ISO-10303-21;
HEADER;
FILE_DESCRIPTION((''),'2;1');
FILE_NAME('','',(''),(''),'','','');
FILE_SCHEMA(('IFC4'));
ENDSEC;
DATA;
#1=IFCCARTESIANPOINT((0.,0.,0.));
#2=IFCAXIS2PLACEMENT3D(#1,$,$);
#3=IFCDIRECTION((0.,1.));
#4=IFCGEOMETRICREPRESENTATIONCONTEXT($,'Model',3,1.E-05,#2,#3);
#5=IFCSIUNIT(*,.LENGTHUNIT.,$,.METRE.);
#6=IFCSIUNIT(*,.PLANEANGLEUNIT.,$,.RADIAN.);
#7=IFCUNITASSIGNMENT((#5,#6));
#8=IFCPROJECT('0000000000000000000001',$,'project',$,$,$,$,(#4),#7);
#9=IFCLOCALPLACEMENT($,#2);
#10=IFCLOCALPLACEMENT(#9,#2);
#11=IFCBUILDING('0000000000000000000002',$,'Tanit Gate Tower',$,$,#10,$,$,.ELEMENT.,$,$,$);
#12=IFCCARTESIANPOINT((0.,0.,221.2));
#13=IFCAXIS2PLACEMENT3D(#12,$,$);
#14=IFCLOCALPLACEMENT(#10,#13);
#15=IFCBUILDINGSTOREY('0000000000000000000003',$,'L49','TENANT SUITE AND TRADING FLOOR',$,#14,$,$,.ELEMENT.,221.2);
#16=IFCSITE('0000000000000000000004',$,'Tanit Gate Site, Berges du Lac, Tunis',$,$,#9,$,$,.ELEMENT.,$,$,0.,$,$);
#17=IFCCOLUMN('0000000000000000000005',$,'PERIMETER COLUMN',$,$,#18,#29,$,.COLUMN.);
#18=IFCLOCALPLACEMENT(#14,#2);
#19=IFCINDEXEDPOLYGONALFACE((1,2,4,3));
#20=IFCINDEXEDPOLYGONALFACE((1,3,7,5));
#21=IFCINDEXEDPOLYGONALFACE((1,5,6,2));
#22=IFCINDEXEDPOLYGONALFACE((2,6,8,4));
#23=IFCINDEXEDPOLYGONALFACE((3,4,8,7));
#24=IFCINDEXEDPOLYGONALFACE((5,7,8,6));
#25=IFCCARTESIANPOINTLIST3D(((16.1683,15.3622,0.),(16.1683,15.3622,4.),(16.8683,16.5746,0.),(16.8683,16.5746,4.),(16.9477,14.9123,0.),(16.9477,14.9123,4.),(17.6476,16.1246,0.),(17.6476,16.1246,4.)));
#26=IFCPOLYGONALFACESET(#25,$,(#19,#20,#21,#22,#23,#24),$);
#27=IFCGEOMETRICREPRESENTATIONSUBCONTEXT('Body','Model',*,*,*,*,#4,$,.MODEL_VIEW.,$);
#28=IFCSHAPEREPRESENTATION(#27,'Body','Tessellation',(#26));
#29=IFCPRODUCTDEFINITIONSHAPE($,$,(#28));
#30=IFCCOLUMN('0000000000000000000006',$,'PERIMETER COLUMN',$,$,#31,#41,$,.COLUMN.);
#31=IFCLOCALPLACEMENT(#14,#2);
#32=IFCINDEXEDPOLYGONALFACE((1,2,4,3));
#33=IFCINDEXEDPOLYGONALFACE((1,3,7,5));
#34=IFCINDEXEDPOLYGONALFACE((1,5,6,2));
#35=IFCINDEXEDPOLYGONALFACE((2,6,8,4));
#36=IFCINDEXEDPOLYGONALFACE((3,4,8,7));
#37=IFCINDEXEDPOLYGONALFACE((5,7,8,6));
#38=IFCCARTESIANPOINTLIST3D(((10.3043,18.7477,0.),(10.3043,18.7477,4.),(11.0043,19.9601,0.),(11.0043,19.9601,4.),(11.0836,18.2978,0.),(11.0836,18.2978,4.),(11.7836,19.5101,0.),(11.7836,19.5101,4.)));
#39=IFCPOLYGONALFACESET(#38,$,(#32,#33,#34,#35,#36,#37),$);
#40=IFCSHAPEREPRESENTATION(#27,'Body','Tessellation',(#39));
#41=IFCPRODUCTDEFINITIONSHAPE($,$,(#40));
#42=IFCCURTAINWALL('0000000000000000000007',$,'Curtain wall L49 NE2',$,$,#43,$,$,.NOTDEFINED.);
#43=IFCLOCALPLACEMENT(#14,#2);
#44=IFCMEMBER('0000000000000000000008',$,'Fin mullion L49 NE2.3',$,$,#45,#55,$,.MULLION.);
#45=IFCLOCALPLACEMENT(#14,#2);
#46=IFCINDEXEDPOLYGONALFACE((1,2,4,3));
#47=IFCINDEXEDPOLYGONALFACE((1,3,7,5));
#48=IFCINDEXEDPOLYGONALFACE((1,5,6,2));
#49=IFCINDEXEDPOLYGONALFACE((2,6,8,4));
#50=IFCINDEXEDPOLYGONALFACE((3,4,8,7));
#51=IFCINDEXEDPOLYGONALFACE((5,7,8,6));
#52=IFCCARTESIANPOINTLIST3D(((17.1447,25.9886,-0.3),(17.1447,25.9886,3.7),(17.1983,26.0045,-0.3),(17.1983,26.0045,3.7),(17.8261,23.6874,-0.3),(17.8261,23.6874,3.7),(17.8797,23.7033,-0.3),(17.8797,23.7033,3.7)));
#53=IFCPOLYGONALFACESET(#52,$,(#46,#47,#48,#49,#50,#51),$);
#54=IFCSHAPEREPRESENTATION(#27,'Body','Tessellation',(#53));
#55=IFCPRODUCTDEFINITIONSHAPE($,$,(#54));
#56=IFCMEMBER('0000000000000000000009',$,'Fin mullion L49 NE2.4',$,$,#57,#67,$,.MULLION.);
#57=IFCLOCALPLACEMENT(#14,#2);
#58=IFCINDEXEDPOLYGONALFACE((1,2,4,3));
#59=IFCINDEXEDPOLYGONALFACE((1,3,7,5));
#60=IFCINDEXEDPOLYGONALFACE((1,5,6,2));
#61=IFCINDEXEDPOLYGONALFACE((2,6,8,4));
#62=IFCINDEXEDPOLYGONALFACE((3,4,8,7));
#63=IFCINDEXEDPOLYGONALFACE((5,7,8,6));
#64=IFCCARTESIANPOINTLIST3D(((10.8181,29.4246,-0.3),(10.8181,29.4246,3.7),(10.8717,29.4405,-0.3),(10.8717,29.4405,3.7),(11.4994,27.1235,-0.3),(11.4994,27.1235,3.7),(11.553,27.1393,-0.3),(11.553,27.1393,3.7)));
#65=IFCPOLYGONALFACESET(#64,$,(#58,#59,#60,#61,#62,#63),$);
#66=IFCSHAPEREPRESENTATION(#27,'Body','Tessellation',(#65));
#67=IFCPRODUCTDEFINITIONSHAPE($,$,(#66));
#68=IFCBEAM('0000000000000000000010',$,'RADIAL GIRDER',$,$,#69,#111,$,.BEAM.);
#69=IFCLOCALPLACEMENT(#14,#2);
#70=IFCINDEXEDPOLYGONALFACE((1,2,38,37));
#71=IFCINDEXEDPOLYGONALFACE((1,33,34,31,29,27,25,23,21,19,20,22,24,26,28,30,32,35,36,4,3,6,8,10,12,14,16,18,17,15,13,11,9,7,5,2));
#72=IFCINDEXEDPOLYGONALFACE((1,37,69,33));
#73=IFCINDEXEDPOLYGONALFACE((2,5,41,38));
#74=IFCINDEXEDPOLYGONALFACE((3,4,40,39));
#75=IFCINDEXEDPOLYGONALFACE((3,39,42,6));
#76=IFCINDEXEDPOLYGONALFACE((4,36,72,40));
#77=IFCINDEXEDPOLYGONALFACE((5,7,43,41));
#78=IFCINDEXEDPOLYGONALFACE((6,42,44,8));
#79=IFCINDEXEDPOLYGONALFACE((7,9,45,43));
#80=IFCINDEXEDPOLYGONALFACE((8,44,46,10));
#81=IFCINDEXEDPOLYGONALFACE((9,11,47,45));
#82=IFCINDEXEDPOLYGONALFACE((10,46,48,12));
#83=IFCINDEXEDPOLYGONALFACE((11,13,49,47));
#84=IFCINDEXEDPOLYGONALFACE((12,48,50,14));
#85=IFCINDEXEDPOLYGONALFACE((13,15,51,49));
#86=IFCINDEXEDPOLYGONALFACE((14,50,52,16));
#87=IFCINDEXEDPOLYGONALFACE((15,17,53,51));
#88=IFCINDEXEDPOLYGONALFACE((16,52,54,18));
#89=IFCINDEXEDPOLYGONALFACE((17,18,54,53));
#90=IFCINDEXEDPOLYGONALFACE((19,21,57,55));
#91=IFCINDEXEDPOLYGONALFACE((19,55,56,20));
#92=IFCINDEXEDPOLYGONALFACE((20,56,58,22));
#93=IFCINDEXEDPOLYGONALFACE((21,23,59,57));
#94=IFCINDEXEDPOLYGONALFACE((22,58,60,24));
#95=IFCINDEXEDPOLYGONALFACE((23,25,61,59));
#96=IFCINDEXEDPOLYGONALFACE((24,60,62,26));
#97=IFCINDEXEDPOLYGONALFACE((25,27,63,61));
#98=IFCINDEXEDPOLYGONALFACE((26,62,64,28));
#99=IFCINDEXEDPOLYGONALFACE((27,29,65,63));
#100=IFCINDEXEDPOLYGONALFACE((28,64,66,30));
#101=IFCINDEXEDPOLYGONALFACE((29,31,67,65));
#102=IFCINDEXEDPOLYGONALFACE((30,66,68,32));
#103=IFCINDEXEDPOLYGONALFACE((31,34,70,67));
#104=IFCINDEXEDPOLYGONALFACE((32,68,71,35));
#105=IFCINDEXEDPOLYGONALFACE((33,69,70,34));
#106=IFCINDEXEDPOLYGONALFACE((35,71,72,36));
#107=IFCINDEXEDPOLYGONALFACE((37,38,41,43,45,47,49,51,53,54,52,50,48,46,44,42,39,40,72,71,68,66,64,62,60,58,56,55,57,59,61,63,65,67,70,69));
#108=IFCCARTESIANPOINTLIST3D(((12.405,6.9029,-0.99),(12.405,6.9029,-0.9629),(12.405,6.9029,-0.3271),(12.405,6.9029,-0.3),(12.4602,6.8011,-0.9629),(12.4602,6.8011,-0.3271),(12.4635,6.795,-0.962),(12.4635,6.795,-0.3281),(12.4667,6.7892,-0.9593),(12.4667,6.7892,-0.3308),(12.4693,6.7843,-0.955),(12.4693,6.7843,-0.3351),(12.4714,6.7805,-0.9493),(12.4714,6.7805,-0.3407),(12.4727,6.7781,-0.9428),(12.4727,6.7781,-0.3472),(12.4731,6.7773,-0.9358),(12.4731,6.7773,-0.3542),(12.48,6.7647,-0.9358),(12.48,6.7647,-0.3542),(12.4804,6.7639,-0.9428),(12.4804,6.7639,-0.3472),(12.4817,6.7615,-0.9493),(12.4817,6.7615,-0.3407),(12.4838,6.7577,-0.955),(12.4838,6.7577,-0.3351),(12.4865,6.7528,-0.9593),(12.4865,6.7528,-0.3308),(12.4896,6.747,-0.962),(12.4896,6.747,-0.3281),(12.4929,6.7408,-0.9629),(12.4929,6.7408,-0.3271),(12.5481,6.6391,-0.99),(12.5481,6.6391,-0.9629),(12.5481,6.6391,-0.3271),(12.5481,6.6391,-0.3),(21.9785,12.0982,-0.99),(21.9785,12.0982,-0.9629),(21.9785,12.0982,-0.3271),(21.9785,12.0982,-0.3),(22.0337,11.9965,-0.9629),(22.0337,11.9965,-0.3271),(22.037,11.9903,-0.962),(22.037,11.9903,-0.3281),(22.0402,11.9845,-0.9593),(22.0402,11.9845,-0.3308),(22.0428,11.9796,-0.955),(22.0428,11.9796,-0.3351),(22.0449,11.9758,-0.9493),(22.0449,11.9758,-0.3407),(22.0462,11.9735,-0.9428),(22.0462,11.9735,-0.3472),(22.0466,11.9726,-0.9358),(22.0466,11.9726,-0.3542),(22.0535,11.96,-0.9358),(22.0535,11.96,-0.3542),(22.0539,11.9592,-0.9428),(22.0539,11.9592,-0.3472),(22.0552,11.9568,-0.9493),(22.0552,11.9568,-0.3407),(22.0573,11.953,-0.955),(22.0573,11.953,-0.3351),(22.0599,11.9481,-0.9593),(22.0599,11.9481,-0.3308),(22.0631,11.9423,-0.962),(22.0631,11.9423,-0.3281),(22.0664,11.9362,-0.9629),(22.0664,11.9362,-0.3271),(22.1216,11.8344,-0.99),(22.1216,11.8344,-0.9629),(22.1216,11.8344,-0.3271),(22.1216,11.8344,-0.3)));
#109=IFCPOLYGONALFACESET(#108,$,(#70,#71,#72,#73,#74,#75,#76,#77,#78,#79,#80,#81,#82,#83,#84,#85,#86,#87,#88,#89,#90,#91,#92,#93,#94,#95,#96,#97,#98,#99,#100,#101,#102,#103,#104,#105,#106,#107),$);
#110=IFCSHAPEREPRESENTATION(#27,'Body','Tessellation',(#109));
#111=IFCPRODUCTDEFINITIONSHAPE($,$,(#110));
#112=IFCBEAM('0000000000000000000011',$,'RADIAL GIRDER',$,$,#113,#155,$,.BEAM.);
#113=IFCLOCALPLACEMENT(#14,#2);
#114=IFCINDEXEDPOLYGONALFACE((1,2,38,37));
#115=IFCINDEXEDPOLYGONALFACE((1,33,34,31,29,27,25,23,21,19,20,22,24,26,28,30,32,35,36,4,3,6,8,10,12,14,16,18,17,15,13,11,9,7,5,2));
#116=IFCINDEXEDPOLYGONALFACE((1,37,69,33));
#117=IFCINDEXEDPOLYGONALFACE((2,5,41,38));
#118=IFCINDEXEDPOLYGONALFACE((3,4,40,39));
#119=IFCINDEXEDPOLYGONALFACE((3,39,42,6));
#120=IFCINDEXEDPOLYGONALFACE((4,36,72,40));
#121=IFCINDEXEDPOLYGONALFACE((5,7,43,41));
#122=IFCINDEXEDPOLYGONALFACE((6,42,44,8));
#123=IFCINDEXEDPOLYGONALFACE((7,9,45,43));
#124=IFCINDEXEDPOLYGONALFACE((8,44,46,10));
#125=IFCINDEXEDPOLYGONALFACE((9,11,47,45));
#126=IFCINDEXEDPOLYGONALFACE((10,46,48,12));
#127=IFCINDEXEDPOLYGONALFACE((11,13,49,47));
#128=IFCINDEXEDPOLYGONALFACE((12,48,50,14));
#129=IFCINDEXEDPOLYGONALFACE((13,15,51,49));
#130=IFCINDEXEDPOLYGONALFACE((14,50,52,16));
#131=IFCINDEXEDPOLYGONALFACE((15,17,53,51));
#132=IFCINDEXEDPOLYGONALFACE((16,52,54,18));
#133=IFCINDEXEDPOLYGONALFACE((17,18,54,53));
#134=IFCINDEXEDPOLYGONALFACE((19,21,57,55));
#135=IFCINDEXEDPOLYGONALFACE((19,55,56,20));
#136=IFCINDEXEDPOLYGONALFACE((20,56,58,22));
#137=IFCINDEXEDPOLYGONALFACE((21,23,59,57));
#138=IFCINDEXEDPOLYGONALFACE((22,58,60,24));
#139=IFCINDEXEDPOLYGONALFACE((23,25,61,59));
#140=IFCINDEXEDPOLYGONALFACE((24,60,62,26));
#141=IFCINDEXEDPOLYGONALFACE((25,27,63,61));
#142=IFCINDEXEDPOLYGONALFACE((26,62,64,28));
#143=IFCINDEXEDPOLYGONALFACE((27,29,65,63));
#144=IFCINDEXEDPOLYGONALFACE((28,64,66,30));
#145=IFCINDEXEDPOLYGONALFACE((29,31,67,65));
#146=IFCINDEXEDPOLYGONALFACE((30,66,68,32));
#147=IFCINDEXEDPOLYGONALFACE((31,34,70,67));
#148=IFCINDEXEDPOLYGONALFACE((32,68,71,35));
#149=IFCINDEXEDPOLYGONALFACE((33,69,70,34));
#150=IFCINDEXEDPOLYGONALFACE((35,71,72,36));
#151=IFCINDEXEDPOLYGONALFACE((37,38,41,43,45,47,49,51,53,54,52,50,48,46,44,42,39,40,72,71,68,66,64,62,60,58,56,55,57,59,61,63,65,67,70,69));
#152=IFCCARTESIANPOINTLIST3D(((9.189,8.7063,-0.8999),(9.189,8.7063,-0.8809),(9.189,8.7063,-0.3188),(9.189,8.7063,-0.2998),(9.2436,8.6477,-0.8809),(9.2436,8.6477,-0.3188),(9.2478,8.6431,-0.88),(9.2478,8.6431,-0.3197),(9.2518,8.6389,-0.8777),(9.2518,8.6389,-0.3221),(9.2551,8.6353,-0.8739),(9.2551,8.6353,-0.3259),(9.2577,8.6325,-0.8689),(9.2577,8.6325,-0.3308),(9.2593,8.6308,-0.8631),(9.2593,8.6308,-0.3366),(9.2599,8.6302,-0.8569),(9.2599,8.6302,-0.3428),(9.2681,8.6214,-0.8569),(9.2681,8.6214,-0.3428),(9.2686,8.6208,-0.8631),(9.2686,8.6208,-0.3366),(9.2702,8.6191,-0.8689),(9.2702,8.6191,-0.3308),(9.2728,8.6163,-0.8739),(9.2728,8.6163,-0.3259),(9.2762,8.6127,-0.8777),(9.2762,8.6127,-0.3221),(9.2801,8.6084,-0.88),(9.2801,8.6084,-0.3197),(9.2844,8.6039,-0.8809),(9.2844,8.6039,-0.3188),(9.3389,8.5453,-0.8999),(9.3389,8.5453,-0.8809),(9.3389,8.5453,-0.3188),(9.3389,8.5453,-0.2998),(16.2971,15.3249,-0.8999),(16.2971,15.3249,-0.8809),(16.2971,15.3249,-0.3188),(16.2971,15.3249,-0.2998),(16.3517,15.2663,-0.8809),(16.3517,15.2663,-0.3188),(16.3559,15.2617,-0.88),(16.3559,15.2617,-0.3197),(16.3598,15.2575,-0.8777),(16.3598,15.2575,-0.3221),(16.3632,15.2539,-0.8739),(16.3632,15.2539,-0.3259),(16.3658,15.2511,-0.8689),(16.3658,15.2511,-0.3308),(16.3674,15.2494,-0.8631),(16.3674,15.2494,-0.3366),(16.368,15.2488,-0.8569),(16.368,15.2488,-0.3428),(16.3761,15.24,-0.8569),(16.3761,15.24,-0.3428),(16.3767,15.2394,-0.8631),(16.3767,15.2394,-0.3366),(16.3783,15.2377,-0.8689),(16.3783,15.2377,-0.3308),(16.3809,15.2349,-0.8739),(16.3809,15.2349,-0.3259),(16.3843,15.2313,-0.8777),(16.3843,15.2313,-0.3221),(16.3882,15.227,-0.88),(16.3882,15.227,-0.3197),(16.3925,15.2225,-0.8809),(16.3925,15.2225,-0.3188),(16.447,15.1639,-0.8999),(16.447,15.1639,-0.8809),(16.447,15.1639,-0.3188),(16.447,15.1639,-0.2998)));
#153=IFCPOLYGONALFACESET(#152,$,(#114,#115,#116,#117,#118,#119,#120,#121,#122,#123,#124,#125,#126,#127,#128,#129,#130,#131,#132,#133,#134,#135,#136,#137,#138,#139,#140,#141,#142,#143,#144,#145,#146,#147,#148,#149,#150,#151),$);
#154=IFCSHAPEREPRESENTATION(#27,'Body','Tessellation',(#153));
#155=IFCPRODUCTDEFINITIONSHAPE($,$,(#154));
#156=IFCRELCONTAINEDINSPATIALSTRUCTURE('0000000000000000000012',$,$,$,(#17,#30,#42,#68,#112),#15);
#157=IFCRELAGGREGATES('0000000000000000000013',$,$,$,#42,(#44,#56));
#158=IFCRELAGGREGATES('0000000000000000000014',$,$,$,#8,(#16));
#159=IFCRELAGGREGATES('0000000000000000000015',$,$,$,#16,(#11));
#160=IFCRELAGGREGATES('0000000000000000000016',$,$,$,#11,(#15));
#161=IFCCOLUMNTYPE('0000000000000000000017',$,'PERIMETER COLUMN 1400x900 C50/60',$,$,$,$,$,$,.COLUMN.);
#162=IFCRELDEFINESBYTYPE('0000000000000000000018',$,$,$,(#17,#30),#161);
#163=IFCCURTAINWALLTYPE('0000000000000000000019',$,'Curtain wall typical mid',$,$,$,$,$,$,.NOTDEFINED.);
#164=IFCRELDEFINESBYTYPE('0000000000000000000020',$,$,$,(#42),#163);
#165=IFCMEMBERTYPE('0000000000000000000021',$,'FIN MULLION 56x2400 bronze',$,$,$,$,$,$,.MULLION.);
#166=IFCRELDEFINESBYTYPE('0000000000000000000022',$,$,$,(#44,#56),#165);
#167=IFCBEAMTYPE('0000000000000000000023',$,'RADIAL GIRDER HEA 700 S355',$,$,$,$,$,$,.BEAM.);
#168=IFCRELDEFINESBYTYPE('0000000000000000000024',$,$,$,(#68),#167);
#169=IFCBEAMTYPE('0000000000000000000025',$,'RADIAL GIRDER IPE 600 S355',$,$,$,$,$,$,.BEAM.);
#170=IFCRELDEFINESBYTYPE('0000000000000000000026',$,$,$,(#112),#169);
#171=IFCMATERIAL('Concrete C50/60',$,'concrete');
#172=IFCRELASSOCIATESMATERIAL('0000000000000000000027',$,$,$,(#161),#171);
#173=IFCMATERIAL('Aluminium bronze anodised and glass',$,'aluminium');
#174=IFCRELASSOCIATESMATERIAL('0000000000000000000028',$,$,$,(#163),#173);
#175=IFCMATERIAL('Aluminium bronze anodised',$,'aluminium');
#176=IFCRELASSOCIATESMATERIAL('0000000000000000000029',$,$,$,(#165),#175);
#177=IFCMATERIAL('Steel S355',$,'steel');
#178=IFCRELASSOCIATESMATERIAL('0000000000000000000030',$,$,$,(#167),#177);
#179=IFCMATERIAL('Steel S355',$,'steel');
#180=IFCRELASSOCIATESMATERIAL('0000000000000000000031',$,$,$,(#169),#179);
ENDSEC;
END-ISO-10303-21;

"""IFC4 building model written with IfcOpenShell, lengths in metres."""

from ifc_helpers import new_model, si_unit, direction, frame, origin, origin_2d, place, context, subcontext, project, spatial, rectangle, i_section, extrude, material, material_profile, profile_set, type_object, element, aggregate, save


model = new_model("IFC4")

# Units and contexts
model_context = context("Model", 3, precision=1e-05, world=origin(), true_north=direction((0.0, 1.0)))
body_context = subcontext(model_context, "Body", "Model", "MODEL_VIEW")
ifc_project = project(units=[si_unit("LENGTHUNIT", "METRE"), si_unit("PLANEANGLEUNIT", "RADIAN")], contexts=[model_context])

# Site, building, storey
site_placement = place(None, origin())
site = spatial("IfcSite", under=ifc_project, at=site_placement, Name="Tanit Gate Site, Berges du Lac, Tunis", CompositionType="ELEMENT", RefElevation=0.0)
building_placement = place(site_placement, origin())
building = spatial("IfcBuilding", under=site, at=building_placement, Name="Tanit Gate Tower", CompositionType="ELEMENT")
storey_placement = place(building_placement, frame((0.0, 0.0, 221.2)))
storey = spatial("IfcBuildingStorey", under=building, at=storey_placement, Name="L49", Description="TENANT SUITE AND TRADING FLOOR", CompositionType="ELEMENT", Elevation=221.2)

# Columns
ifc_material_1 = material(Name="Concrete C50/60", Category="concrete")
ifc_material_profile_1 = material_profile(ifc_material_1, rectangle(XDim=1.3999, YDim=0.8999, at=origin_2d()), Name="RC 1400x900")
ifc_profile_set_1 = profile_set([ifc_material_profile_1], Name="Concrete C50/60")
column_type = type_object("IfcColumnType", Name="PERIMETER COLUMN 1400x900 C50/60", PredefinedType="COLUMN", material=ifc_profile_set_1)
for number, where, z_axis, x_axis, name in (
    (1, (16.908, 15.7434, 0.0), (0.0, 0.0, 1.0), (0.5, 0.866025, 0.0), "PERIMETER COLUMN"),
    (2, (11.0439, 19.1289, 0.0), (0.0, 0.0, 1.0), (0.5, 0.866025, 0.0), "PERIMETER COLUMN"),
):
    element("IfcColumn", number, at=place(storey_placement, frame(where, z_axis=z_axis, x_axis=x_axis)), inside=storey, type_object=column_type, Name=name, PredefinedType="COLUMN", context=body_context, shape_type="SweptSolid", body=[
        extrude(rectangle(XDim=1.3999, YDim=0.8999, at=origin_2d()), origin(), (0.0, 0.0, 1.0), 4.0),
    ])

# Curtain wall, members
ifc_material_2 = material(Name="Aluminium bronze anodised and glass", Category="aluminium")
curtain_wall_type = type_object("IfcCurtainWallType", Name="Curtain wall typical mid", PredefinedType="NOTDEFINED", material=ifc_material_2)
curtain_wall_placement = place(storey_placement, origin())
curtain_wall = element("IfcCurtainWall", 3, at=curtain_wall_placement, inside=storey, type_object=curtain_wall_type, Name="Curtain wall L49 NE2", PredefinedType="NOTDEFINED")
ifc_material_3 = material(Name="Aluminium bronze anodised", Category="aluminium")
ifc_material_profile_2 = material_profile(ifc_material_3, rectangle(XDim=2.3999, YDim=0.0559, at=origin_2d()), Name="56x2400 bronze fin mullion")
ifc_profile_set_2 = profile_set([ifc_material_profile_2], Name="Aluminium bronze anodised")
member_type_1 = type_object("IfcMemberType", Name="FIN MULLION 56x2400 bronze", PredefinedType="MULLION", material=ifc_profile_set_2)
member_1_placement = place(storey_placement, frame((17.5122, 24.8459, -0.3), z_axis=(0.0, 0.0, 1.0), x_axis=(0.283906, -0.958852, 0.0)))
member_1 = element("IfcMember", 4, at=member_1_placement, type_object=member_type_1, Name="Fin mullion L49 NE2.3", PredefinedType="MULLION", context=body_context, shape_type="SweptSolid", body=[
    extrude(rectangle(XDim=2.3999, YDim=0.0559, at=origin_2d()), origin(), (0.0, 0.0, 1.0), 4.0),
])
member_2_placement = place(storey_placement, frame((11.1855, 28.282, -0.3), z_axis=(0.0, 0.0, 1.0), x_axis=(0.283906, -0.958852, 0.0)))
member_2 = element("IfcMember", 5, at=member_2_placement, type_object=member_type_1, Name="Fin mullion L49 NE2.4", PredefinedType="MULLION", context=body_context, shape_type="SweptSolid", body=[
    extrude(rectangle(XDim=2.3999, YDim=0.0559, at=origin_2d()), origin(), (0.0, 0.0, 1.0), 4.0),
])

# Beams
ifc_material_4 = material(Name="Steel S355", Category="steel")
ifc_material_profile_3 = material_profile(ifc_material_4, i_section(OverallWidth=0.3, OverallDepth=0.6899, WebThickness=0.0144, FlangeThickness=0.0271, FilletRadius=0.0271, at=origin_2d()), Name="HEA 700")
ifc_profile_set_3 = profile_set([ifc_material_profile_3], Name="Steel S355")
beam_type_1 = type_object("IfcBeamType", Name="RADIAL GIRDER HEA 700 S355", PredefinedType="BEAM", material=ifc_profile_set_3)
beam_1_placement = place(storey_placement, frame((22.05, 11.9663, -0.645), z_axis=(-0.87892, -0.47697, 0.0), x_axis=(0.47697, -0.87892, 0.0)))
element("IfcBeam", 6, at=beam_1_placement, inside=storey, type_object=beam_type_1, Name="RADIAL GIRDER", PredefinedType="BEAM", context=body_context, shape_type="SweptSolid", body=[
    extrude(i_section(OverallWidth=0.3, OverallDepth=0.6899, WebThickness=0.0144, FlangeThickness=0.0271, FilletRadius=0.0271, at=origin_2d()), origin(), (0.0, 0.0, 1.0), 10.8923),
])
ifc_material_5 = material(Name="Steel S355", Category="steel")
ifc_material_profile_4 = material_profile(ifc_material_5, i_section(OverallWidth=0.22, OverallDepth=0.6001, WebThickness=0.012, FlangeThickness=0.019, FilletRadius=0.0239, at=origin_2d()), Name="IPE 600")
ifc_profile_set_4 = profile_set([ifc_material_profile_4], Name="Steel S355")
beam_type_2 = type_object("IfcBeamType", Name="RADIAL GIRDER IPE 600 S355", PredefinedType="BEAM", material=ifc_profile_set_4)
beam_2_placement = place(storey_placement, frame((16.3721, 15.2444, -0.5999), z_axis=(-0.731857, -0.681458, 0.0), x_axis=(0.681458, -0.731857, 0.0)))
element("IfcBeam", 7, at=beam_2_placement, inside=storey, type_object=beam_type_2, Name="RADIAL GIRDER", PredefinedType="BEAM", context=body_context, shape_type="SweptSolid", body=[
    extrude(i_section(OverallWidth=0.22, OverallDepth=0.6001, WebThickness=0.012, FlangeThickness=0.019, FilletRadius=0.0239, at=origin_2d()), origin(), (0.0, 0.0, 1.0), 9.7124),
])

aggregate(curtain_wall, [member_1, member_2])

save(model, "model.ifc")
